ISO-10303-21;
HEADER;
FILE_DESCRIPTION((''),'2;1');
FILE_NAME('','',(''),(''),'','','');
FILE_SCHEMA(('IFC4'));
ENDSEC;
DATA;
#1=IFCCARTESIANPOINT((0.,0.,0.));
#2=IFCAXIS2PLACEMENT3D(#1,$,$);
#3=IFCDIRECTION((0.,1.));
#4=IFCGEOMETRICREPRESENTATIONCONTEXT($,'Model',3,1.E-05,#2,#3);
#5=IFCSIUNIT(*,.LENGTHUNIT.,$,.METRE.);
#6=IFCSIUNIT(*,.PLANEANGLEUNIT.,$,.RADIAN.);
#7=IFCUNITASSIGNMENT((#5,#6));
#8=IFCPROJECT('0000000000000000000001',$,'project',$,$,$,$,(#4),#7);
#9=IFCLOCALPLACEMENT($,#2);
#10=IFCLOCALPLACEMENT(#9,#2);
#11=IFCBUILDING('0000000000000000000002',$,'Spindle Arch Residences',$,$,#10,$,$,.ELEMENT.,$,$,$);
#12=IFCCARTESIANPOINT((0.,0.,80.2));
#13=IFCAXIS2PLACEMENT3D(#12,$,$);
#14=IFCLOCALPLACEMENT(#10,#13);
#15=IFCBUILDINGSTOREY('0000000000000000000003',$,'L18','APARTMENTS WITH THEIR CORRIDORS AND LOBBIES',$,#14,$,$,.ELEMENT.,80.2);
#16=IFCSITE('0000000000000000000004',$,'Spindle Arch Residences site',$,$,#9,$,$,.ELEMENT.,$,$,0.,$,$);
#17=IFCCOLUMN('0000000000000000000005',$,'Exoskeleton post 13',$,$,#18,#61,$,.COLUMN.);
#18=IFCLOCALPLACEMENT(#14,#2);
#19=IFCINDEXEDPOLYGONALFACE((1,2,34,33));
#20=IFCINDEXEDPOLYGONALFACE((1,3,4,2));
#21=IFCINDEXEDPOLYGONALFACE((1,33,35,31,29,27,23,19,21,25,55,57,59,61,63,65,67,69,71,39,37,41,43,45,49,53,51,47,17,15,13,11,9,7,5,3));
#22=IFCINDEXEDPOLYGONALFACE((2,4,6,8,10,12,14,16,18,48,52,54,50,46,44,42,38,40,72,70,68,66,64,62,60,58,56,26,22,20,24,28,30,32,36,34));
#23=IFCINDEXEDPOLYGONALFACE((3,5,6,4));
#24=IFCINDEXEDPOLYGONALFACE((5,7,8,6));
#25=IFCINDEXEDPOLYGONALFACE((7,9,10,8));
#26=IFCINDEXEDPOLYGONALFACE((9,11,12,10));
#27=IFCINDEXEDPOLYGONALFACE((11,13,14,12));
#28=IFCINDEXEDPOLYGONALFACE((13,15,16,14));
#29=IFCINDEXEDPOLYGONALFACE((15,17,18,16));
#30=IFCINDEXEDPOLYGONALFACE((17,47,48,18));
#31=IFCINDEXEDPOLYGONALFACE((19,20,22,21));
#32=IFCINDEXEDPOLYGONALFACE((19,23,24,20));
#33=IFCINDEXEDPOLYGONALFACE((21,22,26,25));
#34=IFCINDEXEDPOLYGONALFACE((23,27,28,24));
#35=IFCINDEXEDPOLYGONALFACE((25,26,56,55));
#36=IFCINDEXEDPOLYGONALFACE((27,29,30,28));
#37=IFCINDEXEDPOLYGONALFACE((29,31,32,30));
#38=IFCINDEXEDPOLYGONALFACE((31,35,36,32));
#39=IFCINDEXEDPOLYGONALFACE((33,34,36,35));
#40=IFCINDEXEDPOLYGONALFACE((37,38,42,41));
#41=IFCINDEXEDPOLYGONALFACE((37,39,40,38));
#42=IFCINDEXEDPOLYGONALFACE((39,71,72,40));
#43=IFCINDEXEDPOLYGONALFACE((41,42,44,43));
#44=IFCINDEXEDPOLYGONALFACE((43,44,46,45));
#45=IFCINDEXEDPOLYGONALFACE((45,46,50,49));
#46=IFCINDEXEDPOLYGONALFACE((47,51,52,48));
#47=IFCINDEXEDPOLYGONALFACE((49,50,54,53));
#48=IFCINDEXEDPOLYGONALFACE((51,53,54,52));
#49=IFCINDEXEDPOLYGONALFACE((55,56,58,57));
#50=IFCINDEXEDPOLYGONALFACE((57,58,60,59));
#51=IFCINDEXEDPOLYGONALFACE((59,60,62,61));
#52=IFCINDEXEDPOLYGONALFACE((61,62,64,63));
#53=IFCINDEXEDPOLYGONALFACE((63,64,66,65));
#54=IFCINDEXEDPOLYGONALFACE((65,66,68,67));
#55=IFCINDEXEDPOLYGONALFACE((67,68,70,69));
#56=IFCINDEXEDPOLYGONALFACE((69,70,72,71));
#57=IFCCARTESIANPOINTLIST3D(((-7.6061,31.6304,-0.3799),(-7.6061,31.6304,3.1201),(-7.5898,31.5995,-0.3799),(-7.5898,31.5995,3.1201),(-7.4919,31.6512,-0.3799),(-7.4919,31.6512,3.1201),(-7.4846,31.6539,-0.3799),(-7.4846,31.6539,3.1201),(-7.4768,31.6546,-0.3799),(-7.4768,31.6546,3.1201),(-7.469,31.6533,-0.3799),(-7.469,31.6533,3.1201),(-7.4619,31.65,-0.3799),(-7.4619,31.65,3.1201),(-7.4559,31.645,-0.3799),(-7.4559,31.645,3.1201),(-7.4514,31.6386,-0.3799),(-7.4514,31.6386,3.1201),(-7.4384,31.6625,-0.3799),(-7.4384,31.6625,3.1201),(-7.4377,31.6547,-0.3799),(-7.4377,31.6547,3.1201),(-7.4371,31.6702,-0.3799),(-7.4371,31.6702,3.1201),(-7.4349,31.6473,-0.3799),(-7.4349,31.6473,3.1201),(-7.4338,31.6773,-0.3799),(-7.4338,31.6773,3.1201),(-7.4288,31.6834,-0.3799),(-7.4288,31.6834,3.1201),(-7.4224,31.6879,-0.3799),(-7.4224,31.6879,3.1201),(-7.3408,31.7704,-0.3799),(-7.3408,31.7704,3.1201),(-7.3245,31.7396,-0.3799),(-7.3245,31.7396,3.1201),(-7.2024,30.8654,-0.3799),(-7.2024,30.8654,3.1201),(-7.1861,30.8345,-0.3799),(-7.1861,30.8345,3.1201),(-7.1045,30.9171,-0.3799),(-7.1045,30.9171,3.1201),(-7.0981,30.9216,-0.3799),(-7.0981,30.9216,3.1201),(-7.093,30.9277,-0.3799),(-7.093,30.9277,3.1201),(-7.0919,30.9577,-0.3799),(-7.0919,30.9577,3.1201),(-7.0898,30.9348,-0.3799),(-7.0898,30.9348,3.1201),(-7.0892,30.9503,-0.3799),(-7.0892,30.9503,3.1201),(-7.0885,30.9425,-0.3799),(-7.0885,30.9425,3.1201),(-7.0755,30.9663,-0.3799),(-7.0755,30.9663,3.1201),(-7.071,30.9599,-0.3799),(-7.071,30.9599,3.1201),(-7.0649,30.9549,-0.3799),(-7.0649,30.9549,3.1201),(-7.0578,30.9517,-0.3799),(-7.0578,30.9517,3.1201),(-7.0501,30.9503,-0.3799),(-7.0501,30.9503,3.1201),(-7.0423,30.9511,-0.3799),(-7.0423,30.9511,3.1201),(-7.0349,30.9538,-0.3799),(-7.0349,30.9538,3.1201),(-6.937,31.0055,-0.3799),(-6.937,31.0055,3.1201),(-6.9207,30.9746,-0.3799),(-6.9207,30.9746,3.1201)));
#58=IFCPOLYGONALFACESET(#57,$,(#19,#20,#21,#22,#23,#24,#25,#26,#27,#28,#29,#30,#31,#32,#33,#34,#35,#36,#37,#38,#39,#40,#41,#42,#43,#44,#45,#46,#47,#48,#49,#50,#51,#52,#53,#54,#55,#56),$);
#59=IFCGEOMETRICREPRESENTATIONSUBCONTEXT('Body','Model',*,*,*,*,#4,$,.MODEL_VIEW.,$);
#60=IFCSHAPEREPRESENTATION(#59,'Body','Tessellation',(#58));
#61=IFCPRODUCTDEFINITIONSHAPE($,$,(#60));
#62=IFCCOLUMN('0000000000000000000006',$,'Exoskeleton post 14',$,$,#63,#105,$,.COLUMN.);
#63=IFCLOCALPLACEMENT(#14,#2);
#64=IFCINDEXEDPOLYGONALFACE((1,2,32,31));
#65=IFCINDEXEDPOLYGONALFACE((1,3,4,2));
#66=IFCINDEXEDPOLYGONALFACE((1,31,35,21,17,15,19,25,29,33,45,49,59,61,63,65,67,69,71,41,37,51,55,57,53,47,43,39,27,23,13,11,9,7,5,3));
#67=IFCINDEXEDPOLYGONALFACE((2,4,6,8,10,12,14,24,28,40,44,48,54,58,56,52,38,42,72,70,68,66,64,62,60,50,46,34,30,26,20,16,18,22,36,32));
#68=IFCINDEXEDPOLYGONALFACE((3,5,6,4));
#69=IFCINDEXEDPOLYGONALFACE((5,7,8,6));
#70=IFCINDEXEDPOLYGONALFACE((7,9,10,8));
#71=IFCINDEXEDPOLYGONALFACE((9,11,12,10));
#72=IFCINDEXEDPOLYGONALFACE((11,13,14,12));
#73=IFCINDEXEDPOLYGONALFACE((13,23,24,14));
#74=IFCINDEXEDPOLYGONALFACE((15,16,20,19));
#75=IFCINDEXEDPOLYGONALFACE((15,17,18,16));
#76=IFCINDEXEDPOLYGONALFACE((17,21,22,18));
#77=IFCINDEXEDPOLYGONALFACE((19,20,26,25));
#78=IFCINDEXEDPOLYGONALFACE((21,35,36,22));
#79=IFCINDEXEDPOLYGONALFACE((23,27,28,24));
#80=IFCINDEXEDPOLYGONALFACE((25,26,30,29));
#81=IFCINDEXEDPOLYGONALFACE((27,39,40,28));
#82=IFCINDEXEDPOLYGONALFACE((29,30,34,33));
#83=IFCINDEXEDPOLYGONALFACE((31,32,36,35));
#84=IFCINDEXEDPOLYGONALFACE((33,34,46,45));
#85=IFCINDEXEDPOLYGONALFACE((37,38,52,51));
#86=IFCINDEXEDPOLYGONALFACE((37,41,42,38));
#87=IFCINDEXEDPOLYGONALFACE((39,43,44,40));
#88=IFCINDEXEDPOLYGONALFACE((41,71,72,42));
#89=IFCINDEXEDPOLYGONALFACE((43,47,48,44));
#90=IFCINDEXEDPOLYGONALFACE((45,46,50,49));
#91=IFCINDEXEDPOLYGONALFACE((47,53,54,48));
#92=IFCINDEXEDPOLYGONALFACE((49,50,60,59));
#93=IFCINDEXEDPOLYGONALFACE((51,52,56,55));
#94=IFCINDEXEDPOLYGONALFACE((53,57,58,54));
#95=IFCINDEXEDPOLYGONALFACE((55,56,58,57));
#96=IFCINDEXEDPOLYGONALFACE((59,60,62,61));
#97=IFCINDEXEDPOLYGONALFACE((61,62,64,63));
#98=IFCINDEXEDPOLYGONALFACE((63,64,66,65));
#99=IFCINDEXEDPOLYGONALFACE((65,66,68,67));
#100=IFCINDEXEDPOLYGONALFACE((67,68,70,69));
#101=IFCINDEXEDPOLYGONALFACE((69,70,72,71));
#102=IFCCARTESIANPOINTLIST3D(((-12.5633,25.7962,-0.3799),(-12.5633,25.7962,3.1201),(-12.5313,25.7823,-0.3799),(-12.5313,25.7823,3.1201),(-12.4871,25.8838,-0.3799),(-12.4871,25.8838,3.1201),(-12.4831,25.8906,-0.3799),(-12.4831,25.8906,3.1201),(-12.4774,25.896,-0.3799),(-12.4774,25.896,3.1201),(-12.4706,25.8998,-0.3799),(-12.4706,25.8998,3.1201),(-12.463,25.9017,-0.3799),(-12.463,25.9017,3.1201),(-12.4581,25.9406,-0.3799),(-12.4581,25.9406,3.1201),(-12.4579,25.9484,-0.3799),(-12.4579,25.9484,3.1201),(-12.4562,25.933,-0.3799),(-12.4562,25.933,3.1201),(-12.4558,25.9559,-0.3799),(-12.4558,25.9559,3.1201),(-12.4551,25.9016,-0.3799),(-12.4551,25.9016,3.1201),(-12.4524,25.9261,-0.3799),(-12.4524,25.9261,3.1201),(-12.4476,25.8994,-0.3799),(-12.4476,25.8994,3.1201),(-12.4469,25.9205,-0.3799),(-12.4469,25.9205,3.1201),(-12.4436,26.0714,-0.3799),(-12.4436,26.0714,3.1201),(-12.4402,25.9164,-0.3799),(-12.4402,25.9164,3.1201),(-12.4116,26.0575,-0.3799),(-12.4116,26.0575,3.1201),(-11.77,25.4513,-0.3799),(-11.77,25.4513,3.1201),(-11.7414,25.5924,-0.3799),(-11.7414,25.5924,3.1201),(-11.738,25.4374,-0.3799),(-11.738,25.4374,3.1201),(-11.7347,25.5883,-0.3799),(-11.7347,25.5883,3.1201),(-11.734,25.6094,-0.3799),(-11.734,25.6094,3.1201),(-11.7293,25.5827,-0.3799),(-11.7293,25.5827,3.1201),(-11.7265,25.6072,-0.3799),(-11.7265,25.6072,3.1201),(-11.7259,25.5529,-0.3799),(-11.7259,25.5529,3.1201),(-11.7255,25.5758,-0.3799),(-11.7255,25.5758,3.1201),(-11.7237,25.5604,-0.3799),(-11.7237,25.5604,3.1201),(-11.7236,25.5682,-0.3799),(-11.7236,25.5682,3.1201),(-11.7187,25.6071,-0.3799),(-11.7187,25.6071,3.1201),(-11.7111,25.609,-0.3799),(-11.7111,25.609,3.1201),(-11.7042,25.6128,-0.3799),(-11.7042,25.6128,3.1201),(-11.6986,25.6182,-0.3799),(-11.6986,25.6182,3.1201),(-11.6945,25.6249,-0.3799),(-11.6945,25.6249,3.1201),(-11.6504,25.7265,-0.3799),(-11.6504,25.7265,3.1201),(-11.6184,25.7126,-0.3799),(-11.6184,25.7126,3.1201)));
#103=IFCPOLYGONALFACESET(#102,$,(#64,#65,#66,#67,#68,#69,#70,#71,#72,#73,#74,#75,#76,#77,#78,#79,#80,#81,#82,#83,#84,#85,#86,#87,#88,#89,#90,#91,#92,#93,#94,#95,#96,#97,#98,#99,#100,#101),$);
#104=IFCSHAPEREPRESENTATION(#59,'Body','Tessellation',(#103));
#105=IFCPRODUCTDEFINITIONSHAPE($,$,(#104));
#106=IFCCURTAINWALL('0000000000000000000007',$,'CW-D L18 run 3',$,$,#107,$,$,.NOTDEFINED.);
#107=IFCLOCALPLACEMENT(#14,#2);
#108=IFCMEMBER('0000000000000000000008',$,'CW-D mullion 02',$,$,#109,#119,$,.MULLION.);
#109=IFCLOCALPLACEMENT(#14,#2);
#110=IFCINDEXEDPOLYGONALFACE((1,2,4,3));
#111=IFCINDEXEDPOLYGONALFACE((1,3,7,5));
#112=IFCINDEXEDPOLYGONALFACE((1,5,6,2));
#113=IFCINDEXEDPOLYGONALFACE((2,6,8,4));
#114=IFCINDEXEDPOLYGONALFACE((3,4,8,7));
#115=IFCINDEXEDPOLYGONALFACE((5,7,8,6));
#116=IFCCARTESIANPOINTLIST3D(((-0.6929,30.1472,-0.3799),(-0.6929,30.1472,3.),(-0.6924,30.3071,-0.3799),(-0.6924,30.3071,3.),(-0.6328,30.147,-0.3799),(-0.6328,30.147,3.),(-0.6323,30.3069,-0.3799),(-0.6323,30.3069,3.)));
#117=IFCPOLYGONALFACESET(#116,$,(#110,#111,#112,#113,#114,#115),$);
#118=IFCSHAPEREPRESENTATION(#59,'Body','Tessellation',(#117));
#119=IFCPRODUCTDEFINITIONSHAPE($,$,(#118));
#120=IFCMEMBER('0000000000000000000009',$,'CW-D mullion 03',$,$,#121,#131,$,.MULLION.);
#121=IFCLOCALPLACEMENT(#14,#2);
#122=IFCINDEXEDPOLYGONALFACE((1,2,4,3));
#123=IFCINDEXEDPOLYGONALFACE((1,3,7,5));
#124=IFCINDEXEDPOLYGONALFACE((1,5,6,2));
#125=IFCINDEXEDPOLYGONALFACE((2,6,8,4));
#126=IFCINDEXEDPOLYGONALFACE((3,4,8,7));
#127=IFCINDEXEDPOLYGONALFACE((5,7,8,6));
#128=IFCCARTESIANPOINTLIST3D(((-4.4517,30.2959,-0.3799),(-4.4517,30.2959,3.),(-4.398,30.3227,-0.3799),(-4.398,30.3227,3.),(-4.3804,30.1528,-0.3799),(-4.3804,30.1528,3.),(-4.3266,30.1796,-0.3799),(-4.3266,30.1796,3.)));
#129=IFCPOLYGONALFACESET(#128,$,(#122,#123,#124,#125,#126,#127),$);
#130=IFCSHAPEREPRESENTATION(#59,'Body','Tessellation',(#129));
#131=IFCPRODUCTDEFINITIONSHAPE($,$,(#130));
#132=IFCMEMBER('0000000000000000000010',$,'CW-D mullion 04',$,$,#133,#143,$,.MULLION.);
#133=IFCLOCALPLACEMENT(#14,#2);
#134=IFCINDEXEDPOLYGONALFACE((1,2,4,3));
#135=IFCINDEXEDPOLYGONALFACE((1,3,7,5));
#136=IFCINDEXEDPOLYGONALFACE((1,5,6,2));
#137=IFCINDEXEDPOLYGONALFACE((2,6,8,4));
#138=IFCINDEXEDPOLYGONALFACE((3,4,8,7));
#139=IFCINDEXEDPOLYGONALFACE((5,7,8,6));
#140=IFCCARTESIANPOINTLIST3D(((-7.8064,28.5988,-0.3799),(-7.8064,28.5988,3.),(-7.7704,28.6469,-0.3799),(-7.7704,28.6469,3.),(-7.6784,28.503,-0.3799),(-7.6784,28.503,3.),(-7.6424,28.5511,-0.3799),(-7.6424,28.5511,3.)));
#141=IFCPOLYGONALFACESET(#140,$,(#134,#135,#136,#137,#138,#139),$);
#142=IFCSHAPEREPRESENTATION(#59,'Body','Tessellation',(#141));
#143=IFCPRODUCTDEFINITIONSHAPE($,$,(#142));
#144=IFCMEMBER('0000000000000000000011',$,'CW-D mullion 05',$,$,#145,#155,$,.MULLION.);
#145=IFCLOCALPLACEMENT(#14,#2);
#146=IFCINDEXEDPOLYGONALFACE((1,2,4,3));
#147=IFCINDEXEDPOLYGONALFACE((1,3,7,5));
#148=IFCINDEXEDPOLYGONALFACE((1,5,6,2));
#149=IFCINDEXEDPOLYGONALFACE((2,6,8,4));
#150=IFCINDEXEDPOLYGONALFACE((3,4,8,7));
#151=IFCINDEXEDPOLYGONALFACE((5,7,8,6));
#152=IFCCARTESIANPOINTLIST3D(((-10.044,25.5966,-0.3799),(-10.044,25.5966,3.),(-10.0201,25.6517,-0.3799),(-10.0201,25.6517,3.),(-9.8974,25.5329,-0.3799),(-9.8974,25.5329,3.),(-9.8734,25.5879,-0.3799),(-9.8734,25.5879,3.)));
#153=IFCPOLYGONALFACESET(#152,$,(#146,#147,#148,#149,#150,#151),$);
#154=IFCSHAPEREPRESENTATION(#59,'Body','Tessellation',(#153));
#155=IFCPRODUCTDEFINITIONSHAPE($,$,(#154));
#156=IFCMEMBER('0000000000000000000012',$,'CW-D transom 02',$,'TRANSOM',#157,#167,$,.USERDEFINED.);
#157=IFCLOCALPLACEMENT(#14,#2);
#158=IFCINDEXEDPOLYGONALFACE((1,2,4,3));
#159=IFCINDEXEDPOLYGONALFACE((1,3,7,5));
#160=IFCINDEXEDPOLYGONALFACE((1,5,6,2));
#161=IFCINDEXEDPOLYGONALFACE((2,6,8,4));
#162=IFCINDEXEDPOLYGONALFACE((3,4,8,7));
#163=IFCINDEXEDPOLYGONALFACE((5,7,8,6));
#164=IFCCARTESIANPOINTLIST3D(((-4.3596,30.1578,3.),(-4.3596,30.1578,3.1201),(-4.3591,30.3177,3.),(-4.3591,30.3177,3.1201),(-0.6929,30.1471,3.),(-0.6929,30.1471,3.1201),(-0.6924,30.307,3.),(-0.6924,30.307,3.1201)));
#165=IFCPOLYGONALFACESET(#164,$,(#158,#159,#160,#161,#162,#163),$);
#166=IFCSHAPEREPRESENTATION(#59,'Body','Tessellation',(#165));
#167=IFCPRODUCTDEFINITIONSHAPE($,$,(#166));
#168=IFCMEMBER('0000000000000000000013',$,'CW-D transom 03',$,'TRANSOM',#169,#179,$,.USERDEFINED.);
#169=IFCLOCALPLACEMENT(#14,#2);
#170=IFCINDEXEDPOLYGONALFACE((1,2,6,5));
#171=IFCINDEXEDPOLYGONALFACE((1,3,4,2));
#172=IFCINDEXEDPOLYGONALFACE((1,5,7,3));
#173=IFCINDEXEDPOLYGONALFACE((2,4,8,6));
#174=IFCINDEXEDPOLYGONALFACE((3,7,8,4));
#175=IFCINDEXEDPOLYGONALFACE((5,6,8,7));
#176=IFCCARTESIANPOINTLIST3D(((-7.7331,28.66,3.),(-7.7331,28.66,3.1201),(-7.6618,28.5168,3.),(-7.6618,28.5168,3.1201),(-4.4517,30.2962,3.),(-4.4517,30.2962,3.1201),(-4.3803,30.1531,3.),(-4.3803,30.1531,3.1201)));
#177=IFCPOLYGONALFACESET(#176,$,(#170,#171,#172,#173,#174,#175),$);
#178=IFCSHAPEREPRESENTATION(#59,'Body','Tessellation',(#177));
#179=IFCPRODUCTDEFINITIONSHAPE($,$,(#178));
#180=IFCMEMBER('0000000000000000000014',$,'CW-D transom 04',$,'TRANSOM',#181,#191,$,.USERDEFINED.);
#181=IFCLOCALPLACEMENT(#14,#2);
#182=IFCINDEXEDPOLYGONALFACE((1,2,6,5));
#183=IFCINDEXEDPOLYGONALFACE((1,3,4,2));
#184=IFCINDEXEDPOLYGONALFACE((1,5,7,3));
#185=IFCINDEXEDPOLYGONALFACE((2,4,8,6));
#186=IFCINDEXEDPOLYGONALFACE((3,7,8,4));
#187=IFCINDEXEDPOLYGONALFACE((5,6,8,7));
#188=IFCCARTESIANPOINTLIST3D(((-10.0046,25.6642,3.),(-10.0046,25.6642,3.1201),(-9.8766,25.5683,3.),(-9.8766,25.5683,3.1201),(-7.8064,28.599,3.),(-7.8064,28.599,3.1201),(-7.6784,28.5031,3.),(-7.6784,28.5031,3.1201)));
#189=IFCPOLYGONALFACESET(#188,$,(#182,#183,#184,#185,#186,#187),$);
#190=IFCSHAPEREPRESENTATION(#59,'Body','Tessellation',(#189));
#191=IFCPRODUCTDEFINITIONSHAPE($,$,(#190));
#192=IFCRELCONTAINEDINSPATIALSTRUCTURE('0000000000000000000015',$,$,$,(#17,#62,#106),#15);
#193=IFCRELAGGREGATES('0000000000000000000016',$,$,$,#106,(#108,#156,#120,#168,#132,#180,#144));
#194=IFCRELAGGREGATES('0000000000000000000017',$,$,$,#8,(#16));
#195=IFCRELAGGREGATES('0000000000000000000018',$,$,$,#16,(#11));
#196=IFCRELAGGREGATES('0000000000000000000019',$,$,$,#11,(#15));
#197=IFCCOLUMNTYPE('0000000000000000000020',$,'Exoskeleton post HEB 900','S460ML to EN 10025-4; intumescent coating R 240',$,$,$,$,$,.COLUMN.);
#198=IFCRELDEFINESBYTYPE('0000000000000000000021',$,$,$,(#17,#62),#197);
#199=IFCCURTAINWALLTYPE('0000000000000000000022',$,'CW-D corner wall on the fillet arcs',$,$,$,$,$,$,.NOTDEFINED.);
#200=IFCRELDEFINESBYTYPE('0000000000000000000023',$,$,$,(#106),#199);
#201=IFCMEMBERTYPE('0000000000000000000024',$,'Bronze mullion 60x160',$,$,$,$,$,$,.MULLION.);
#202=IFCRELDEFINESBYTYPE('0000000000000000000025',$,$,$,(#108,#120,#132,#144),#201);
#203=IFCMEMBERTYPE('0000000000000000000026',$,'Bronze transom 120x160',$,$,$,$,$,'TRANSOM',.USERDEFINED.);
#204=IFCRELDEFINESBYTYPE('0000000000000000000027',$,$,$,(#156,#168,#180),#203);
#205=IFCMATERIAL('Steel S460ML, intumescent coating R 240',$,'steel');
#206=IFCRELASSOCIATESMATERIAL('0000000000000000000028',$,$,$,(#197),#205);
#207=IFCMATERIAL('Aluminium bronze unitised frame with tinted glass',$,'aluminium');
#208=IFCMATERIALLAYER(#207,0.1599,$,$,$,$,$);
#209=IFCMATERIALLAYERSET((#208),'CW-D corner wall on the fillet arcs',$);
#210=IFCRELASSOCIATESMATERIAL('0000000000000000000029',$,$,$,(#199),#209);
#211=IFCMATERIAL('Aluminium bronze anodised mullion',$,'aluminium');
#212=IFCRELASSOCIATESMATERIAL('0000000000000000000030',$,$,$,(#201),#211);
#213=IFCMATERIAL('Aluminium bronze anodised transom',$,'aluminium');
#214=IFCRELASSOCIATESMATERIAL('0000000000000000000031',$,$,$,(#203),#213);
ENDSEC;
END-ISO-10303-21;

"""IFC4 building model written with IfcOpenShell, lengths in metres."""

from ifc_helpers import new_model, si_unit, direction, frame, origin, origin_2d, place, context, subcontext, project, spatial, rectangle, i_section, extrude, material, layer, layer_set, material_profile, profile_set, type_object, element, aggregate, save


model = new_model("IFC4")

# Units and contexts
model_context = context("Model", 3, precision=1e-05, world=origin(), true_north=direction((0.0, 1.0)))
body_context = subcontext(model_context, "Body", "Model", "MODEL_VIEW")
ifc_project = project(units=[si_unit("LENGTHUNIT", "METRE"), si_unit("PLANEANGLEUNIT", "RADIAN")], contexts=[model_context])

# Site, building, storey
site_placement = place(None, origin())
site = spatial("IfcSite", under=ifc_project, at=site_placement, Name="Spindle Arch Residences site", CompositionType="ELEMENT", RefElevation=0.0)
building_placement = place(site_placement, origin())
building = spatial("IfcBuilding", under=site, at=building_placement, Name="Spindle Arch Residences", CompositionType="ELEMENT")
storey_placement = place(building_placement, frame((0.0, 0.0, 80.2)))
storey = spatial("IfcBuildingStorey", under=building, at=storey_placement, Name="L18", Description="APARTMENTS WITH THEIR CORRIDORS AND LOBBIES", CompositionType="ELEMENT", Elevation=80.2)

# Columns
ifc_material_1 = material(Name="Steel S460ML, intumescent coating R 240", Category="steel")
ifc_material_profile_1 = material_profile(ifc_material_1, i_section(OverallWidth=0.3, OverallDepth=0.8999, WebThickness=0.0186, FlangeThickness=0.0349, FilletRadius=0.03, at=origin_2d()), Name="HEB 900")
ifc_profile_set_1 = profile_set([ifc_material_profile_1], Name="Steel S460ML, intumescent coating R 240")
column_type = type_object("IfcColumnType", Name="Exoskeleton post HEB 900", Description="S460ML to EN 10025-4; intumescent coating R 240", PredefinedType="COLUMN", material=ifc_profile_set_1)
for number, where, z_axis, x_axis, name in (
    (1, (-7.2634, 31.3025, -0.3799), (0.0, 0.0, 1.0), (0.884365, 0.466797, 0.0), "Exoskeleton post 13"),
    (2, (-12.0908, 25.7544, -0.3799), (0.0, 0.0, 1.0), (0.398749, 0.91706, 0.0), "Exoskeleton post 14"),
):
    element("IfcColumn", number, at=place(storey_placement, frame(where, z_axis=z_axis, x_axis=x_axis)), inside=storey, type_object=column_type, Name=name, PredefinedType="COLUMN", context=body_context, shape_type="SweptSolid", body=[
        extrude(i_section(OverallWidth=0.3, OverallDepth=0.8999, WebThickness=0.0186, FlangeThickness=0.0349, FilletRadius=0.03, at=origin_2d()), origin(), (0.0, 0.0, 1.0), 3.5),
    ])

# Curtain wall, members
ifc_material_2 = material(Name="Aluminium bronze unitised frame with tinted glass", Category="aluminium")
ifc_layer_1 = layer(ifc_material_2, 0.1599)
ifc_layer_set_1 = layer_set([ifc_layer_1], Name="CW-D corner wall on the fillet arcs")
curtain_wall_type = type_object("IfcCurtainWallType", Name="CW-D corner wall on the fillet arcs", PredefinedType="NOTDEFINED", material=ifc_layer_set_1)
curtain_wall_placement = place(storey_placement, origin())
curtain_wall = element("IfcCurtainWall", 3, at=curtain_wall_placement, inside=storey, type_object=curtain_wall_type, Name="CW-D L18 run 3", PredefinedType="NOTDEFINED")
ifc_material_3 = material(Name="Aluminium bronze anodised mullion", Category="aluminium")
ifc_material_profile_2 = material_profile(ifc_material_3, rectangle(XDim=0.1599, YDim=0.0601, at=origin_2d()), Name="MU 60x160")
ifc_profile_set_2 = profile_set([ifc_material_profile_2], Name="Aluminium bronze anodised mullion")
member_type_1 = type_object("IfcMemberType", Name="Bronze mullion 60x160", PredefinedType="MULLION", material=ifc_profile_set_2)
member_1_placement = place(storey_placement, frame((-0.6626, 30.2271, -0.3799), z_axis=(0.0, 0.0, 1.0), x_axis=(-0.002909, -0.999996, 0.0)))
member_1 = element("IfcMember", 4, at=member_1_placement, type_object=member_type_1, Name="CW-D mullion 02", PredefinedType="MULLION", context=body_context, shape_type="SweptSolid", body=[
    extrude(rectangle(XDim=0.1599, YDim=0.0601, at=origin_2d()), origin(), (0.0, 0.0, 1.0), 3.3799),
])
member_2_placement = place(storey_placement, frame((-4.3892, 30.2378, -0.3799), z_axis=(0.0, 0.0, 1.0), x_axis=(0.446198, -0.894934, 0.0)))
member_2 = element("IfcMember", 5, at=member_2_placement, type_object=member_type_1, Name="CW-D mullion 03", PredefinedType="MULLION", context=body_context, shape_type="SweptSolid", body=[
    extrude(rectangle(XDim=0.1599, YDim=0.0601, at=origin_2d()), origin(), (0.0, 0.0, 1.0), 3.3799),
])
member_3_placement = place(storey_placement, frame((-7.7244, 28.575, -0.3799), z_axis=(0.0, 0.0, 1.0), x_axis=(0.800383, -0.599489, 0.0)))
member_3 = element("IfcMember", 6, at=member_3_placement, type_object=member_type_1, Name="CW-D mullion 04", PredefinedType="MULLION", context=body_context, shape_type="SweptSolid", body=[
    extrude(rectangle(XDim=0.1599, YDim=0.0601, at=origin_2d()), origin(), (0.0, 0.0, 1.0), 3.3799),
])
member_4_placement = place(storey_placement, frame((-9.9587, 25.5923, -0.3799), z_axis=(0.0, 0.0, 1.0), x_axis=(0.91706, -0.398749, 0.0)))
member_4 = element("IfcMember", 7, at=member_4_placement, type_object=member_type_1, Name="CW-D mullion 05", PredefinedType="MULLION", context=body_context, shape_type="SweptSolid", body=[
    extrude(rectangle(XDim=0.1599, YDim=0.0601, at=origin_2d()), origin(), (0.0, 0.0, 1.0), 3.3799),
])
ifc_material_4 = material(Name="Aluminium bronze anodised transom", Category="aluminium")
ifc_material_profile_3 = material_profile(ifc_material_4, rectangle(XDim=0.1599, YDim=0.1201, at=origin_2d()), Name="TR 120x160")
ifc_profile_set_3 = profile_set([ifc_material_profile_3], Name="Aluminium bronze anodised transom")
member_type_2 = type_object("IfcMemberType", Name="Bronze transom 120x160", ElementType="TRANSOM", PredefinedType="USERDEFINED", material=ifc_profile_set_3)
member_5_placement = place(storey_placement, frame((-0.6926, 30.2271, 3.0601), z_axis=(-0.999996, 0.00293, 0.0), x_axis=(-0.00293, -0.999996, 0.0)))
member_5 = element("IfcMember", 8, at=member_5_placement, type_object=member_type_2, Name="CW-D transom 02", ObjectType="TRANSOM", PredefinedType="USERDEFINED", context=body_context, shape_type="SweptSolid", body=[
    extrude(rectangle(XDim=0.1599, YDim=0.1201, at=origin_2d()), origin(), (0.0, 0.0, 1.0), 3.6667),
])
member_6_placement = place(storey_placement, frame((-4.416, 30.2246, 3.0601), z_axis=(-0.894919, -0.446228, 0.0), x_axis=(0.446228, -0.894919, 0.0)))
member_6 = element("IfcMember", 9, at=member_6_placement, type_object=member_type_2, Name="CW-D transom 03", ObjectType="TRANSOM", PredefinedType="USERDEFINED", context=body_context, shape_type="SweptSolid", body=[
    extrude(rectangle(XDim=0.1599, YDim=0.1201, at=origin_2d()), origin(), (0.0, 0.0, 1.0), 3.6667),
])
member_7_placement = place(storey_placement, frame((-7.7424, 28.551, 3.0601), z_axis=(-0.599499, -0.800375, 0.0), x_axis=(0.800375, -0.599499, 0.0)))
member_7 = element("IfcMember", 10, at=member_7_placement, type_object=member_type_2, Name="CW-D transom 04", ObjectType="TRANSOM", PredefinedType="USERDEFINED", context=body_context, shape_type="SweptSolid", body=[
    extrude(rectangle(XDim=0.1599, YDim=0.1201, at=origin_2d()), origin(), (0.0, 0.0, 1.0), 3.6667),
])

aggregate(curtain_wall, [member_1, member_5, member_2, member_6, member_3, member_7, member_4])

save(model, "model.ifc")
